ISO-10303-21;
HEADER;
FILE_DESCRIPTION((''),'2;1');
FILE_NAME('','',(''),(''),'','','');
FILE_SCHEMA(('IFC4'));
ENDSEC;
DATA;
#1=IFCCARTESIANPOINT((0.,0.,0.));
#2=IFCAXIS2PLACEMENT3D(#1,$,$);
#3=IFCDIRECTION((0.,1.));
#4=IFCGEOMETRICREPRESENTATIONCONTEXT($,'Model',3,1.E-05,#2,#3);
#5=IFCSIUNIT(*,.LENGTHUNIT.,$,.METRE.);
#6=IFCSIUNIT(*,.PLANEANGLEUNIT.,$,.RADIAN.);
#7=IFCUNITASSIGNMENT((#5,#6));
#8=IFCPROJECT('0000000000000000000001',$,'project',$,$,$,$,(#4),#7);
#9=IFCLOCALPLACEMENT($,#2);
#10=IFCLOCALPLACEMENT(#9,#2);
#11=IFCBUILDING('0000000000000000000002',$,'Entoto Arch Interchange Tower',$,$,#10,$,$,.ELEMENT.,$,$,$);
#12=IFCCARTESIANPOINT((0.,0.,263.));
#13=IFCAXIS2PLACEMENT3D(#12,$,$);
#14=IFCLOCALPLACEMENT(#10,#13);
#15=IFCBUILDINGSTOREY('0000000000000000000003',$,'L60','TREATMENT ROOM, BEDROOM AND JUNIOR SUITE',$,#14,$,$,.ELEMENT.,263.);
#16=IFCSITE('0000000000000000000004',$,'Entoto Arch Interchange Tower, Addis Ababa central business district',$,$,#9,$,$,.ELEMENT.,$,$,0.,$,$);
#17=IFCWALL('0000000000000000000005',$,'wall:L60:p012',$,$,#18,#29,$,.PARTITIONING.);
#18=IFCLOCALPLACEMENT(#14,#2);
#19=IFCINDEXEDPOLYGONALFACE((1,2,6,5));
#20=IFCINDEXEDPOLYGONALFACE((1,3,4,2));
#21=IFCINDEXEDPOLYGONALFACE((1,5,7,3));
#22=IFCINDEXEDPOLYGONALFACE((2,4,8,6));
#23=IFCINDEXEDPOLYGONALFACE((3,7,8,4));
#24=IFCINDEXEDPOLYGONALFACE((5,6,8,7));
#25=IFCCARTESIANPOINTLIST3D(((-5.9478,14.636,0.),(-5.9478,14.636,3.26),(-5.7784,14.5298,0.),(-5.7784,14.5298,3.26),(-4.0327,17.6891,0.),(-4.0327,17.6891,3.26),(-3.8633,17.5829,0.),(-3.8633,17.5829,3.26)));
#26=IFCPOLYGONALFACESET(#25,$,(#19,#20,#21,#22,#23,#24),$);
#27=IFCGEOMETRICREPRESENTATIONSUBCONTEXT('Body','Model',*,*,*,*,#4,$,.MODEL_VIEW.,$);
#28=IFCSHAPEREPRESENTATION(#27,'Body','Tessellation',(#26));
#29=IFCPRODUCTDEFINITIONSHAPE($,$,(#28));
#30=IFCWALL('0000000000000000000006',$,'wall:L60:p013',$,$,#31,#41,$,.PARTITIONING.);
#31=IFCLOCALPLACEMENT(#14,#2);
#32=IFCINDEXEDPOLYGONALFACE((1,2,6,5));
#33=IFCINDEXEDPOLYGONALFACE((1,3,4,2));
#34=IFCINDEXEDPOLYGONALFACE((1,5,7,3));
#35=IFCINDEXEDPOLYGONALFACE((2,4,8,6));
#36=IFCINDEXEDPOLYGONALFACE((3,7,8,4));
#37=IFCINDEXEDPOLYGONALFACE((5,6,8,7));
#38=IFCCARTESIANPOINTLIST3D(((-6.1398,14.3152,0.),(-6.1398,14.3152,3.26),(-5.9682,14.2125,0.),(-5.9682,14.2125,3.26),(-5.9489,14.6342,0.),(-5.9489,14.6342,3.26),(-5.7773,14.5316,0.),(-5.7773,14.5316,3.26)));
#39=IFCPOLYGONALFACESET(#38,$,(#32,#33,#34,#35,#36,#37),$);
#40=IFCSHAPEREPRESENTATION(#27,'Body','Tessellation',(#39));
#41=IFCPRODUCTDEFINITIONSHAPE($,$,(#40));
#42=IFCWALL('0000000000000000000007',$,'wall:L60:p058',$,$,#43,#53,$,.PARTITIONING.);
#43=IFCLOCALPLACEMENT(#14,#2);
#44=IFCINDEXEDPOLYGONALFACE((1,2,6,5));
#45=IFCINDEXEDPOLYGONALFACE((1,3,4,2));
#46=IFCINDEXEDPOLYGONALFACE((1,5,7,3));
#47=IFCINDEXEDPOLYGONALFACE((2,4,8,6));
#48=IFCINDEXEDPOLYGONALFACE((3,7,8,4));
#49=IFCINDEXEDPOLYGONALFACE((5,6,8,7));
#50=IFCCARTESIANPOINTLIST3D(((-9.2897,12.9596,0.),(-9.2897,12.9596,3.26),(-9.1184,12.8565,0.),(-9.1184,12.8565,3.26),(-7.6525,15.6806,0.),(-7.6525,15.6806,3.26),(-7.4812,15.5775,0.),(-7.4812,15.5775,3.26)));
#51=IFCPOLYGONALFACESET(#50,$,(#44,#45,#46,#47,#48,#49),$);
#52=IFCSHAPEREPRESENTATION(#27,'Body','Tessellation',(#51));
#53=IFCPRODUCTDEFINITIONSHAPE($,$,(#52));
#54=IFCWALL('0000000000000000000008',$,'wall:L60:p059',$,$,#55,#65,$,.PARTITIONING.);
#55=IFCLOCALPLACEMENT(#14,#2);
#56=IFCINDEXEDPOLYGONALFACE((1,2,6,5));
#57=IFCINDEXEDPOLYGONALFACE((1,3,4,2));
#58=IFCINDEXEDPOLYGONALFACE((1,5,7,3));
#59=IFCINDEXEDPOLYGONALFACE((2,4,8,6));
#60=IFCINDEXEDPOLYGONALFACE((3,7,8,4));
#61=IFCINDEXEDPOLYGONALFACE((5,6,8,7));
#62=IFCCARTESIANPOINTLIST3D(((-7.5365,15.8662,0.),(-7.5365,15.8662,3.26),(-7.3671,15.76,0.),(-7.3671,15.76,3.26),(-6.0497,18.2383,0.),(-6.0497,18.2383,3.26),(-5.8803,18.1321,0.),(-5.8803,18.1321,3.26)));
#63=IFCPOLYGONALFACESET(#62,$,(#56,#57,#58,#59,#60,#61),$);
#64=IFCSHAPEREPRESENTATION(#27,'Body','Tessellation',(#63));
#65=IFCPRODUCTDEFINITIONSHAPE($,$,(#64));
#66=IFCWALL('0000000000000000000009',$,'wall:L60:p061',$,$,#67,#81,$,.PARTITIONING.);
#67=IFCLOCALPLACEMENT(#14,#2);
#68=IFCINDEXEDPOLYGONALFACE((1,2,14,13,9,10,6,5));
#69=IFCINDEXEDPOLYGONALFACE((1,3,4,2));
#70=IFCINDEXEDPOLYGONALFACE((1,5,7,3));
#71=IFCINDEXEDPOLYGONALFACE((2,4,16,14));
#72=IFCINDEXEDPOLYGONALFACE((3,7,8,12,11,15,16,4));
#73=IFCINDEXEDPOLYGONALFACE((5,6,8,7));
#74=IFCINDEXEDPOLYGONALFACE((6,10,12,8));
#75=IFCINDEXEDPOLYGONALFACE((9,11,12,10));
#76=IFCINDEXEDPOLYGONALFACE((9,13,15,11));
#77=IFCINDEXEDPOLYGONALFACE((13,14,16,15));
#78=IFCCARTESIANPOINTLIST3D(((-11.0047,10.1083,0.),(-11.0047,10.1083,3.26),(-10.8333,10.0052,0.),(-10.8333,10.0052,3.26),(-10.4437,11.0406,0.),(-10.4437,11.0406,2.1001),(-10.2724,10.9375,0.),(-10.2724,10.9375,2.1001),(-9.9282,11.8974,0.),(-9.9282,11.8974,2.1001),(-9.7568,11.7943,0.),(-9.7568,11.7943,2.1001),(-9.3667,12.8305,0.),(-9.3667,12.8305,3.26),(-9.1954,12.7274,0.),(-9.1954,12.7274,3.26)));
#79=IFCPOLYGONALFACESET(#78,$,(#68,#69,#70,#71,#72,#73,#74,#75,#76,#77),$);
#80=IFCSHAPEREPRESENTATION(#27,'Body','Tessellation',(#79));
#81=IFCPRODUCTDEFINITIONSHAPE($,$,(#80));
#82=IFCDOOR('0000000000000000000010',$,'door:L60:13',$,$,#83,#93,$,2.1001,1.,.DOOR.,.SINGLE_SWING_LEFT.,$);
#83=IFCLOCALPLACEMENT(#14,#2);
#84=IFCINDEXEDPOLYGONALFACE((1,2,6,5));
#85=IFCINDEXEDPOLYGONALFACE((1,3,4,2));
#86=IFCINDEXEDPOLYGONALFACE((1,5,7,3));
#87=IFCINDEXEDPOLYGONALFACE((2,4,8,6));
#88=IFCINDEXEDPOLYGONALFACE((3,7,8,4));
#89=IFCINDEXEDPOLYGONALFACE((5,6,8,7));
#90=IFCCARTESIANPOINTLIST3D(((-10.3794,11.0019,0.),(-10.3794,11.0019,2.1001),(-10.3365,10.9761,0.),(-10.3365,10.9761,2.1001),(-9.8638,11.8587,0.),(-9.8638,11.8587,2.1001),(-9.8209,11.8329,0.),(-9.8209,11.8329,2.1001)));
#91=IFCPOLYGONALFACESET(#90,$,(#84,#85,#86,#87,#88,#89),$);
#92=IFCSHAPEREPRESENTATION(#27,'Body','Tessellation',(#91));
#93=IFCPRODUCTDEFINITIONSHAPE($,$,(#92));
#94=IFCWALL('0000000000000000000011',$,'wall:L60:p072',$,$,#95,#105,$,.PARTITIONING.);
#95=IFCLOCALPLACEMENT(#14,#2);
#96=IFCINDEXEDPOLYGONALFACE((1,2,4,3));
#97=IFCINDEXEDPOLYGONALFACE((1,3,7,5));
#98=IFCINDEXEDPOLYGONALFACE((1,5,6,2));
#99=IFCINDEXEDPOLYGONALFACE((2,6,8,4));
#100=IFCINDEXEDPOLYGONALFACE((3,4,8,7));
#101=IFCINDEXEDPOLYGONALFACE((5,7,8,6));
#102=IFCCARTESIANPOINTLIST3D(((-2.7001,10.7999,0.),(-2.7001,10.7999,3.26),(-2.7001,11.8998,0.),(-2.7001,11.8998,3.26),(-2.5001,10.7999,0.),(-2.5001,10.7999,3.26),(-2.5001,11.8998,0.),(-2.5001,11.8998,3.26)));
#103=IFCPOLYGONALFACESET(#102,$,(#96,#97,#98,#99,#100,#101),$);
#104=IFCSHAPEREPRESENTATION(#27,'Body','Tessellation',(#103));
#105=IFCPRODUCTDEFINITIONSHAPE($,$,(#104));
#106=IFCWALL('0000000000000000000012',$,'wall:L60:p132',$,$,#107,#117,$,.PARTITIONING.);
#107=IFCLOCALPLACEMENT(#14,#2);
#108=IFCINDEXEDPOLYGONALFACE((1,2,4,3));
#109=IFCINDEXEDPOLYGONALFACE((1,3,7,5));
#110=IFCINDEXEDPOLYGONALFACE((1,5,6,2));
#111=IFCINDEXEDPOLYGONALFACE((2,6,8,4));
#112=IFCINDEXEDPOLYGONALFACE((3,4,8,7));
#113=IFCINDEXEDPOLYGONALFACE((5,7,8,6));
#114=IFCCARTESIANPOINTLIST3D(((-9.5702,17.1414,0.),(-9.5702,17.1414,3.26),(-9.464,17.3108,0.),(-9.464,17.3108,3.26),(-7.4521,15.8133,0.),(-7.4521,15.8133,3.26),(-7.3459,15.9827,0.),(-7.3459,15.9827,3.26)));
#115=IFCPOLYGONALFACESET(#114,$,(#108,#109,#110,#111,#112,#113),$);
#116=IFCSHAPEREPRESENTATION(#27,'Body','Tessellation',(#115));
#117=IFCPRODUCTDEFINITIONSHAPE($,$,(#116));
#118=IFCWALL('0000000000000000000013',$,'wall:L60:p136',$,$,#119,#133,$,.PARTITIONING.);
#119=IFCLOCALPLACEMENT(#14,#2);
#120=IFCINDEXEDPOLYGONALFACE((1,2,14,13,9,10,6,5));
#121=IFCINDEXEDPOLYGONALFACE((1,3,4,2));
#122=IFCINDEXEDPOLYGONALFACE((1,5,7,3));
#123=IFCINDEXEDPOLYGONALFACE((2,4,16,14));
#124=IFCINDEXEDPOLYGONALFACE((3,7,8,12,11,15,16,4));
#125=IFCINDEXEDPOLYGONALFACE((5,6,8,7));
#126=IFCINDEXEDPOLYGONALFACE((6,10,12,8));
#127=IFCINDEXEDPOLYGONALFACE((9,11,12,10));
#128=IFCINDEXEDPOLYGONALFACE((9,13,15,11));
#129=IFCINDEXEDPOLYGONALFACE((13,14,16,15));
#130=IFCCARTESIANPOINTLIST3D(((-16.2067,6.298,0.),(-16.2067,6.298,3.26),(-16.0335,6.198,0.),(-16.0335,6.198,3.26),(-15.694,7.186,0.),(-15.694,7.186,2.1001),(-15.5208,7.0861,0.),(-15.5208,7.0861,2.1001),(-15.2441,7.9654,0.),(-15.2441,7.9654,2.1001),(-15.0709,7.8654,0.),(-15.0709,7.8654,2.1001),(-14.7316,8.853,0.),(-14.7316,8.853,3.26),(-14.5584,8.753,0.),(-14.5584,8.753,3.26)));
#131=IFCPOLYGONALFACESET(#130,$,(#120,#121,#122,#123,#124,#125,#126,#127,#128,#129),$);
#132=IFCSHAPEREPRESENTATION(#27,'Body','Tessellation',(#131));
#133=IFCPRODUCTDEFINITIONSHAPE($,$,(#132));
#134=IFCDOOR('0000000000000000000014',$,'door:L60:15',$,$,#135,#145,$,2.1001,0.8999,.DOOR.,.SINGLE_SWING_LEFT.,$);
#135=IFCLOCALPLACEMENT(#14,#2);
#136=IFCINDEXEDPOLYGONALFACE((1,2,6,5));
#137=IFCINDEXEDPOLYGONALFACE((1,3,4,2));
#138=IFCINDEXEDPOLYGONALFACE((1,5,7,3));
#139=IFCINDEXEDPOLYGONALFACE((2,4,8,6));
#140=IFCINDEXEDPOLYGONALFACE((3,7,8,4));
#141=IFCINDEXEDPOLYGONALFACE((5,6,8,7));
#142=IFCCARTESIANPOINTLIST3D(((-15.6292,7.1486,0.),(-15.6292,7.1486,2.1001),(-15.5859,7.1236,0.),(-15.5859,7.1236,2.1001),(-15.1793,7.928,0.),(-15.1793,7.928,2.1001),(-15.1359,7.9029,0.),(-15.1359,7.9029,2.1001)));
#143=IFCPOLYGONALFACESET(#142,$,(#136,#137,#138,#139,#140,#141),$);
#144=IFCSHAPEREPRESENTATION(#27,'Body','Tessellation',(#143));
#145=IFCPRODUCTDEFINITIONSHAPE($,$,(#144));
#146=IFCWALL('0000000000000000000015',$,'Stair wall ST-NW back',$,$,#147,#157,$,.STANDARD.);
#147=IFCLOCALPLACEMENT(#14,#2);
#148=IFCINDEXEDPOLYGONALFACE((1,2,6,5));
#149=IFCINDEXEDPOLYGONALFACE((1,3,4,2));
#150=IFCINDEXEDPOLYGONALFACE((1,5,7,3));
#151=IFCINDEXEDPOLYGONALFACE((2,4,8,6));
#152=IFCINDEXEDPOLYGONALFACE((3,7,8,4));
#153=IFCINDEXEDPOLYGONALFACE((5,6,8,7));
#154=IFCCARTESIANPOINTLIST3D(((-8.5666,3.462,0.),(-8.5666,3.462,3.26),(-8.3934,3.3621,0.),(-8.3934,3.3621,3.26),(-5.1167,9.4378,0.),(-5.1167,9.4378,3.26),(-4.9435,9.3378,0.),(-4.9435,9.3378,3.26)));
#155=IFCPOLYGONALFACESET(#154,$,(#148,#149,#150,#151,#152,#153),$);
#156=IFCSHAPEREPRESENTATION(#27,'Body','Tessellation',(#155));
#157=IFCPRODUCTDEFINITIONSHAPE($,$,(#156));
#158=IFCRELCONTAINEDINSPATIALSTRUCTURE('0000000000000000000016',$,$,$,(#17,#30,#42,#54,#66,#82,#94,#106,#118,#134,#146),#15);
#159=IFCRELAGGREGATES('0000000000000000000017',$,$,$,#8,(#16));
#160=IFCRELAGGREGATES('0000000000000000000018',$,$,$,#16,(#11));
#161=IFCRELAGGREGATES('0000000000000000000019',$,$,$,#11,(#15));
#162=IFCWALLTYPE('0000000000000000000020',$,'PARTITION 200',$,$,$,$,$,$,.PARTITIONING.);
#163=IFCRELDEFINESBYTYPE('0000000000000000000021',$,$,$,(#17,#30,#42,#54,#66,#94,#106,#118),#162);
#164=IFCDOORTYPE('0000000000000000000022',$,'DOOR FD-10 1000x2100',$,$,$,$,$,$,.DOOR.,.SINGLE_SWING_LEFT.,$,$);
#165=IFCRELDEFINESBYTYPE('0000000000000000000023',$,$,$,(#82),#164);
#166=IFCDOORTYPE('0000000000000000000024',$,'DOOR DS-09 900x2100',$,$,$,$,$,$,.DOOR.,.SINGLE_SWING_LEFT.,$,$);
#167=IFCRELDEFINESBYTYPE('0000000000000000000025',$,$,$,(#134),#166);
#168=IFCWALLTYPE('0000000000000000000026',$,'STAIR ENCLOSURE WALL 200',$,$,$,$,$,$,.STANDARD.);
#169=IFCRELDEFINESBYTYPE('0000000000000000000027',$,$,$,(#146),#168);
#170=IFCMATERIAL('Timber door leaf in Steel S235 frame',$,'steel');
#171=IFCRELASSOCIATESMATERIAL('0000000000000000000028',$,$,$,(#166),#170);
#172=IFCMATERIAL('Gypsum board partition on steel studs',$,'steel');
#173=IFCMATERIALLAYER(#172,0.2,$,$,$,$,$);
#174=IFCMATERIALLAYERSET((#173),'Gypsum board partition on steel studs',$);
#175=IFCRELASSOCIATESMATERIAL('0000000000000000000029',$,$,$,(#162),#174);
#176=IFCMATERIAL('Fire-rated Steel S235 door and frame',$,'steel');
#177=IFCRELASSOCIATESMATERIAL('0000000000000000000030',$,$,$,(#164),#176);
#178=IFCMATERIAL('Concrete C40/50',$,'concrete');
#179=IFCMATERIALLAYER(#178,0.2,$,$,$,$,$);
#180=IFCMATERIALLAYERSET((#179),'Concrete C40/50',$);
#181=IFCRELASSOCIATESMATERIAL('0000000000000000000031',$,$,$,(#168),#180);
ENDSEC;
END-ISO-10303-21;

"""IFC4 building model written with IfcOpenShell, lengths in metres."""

from ifc_helpers import new_model, si_unit, direction, frame, frame_2d, origin, place, context, subcontext, project, spatial, rectangle, extrude, material, layer, layer_set, type_object, element, fill, save


model = new_model("IFC4")

# Units and contexts
model_context = context("Model", 3, precision=1e-05, world=origin(), true_north=direction((0.0, 1.0)))
body_context = subcontext(model_context, "Body", "Model", "MODEL_VIEW")
ifc_project = project(units=[si_unit("LENGTHUNIT", "METRE"), si_unit("PLANEANGLEUNIT", "RADIAN")], contexts=[model_context])

# Site, building, storey
site_placement = place(None, origin())
site = spatial("IfcSite", under=ifc_project, at=site_placement, Name="Entoto Arch Interchange Tower, Addis Ababa central business district", CompositionType="ELEMENT", RefElevation=0.0)
building_placement = place(site_placement, origin())
building = spatial("IfcBuilding", under=site, at=building_placement, Name="Entoto Arch Interchange Tower", CompositionType="ELEMENT")
storey_placement = place(building_placement, frame((0.0, 0.0, 263.0)))
storey = spatial("IfcBuildingStorey", under=building, at=storey_placement, Name="L60", Description="TREATMENT ROOM, BEDROOM AND JUNIOR SUITE", CompositionType="ELEMENT", Elevation=263.0)

# Shared definitions
ifc_material_1 = material(Name="Concrete C40/50", Category="concrete")

# Shared definitions
ifc_material_2 = material(Name="Gypsum board partition on steel studs", Category="steel")
ifc_material_3 = material(Name="Timber door leaf in Steel S235 frame", Category="steel")
door_type_1 = type_object("IfcDoorType", Name="DOOR DS-09 900x2100", OperationType="SINGLE_SWING_LEFT", PredefinedType="DOOR", material=ifc_material_3)

# Shared definitions
ifc_layer_1 = layer(ifc_material_2, 0.2)
ifc_layer_set_1 = layer_set([ifc_layer_1], Name="Gypsum board partition on steel studs")
wall_type_1 = type_object("IfcWallType", Name="PARTITION 200", PredefinedType="PARTITIONING", material=ifc_layer_set_1)

# Walls
wall_1_placement = place(storey_placement, frame((-3.948, 17.636, 0.0), z_axis=(0.0, 0.0, 1.0), x_axis=(-0.531381, -0.847133, 0.0)))
element("IfcWall", 1, at=wall_1_placement, inside=storey, type_object=wall_type_1, Name="wall:L60:p012", PredefinedType="PARTITIONING", context=body_context, shape_type="SweptSolid", body=[
    extrude(rectangle(XDim=3.604, YDim=0.2, at=frame_2d((1.802, 0.0))), origin(), (0.0, 0.0, 1.0), 3.26),
])
wall_2_placement = place(storey_placement, frame((-5.863, 14.583, 0.0), z_axis=(0.0, 0.0, 1.0), x_axis=(-0.513433, -0.85813, 0.0)))
element("IfcWall", 2, at=wall_2_placement, inside=storey, type_object=wall_type_1, Name="wall:L60:p013", PredefinedType="PARTITIONING", context=body_context, shape_type="SweptSolid", body=[
    extrude(rectangle(XDim=0.3718, YDim=0.2, at=frame_2d((0.186, 0.0))), origin(), (0.0, 0.0, 1.0), 3.26),
])
wall_3_placement = place(storey_placement, frame((-9.2041, 12.908, 0.0), z_axis=(0.0, 0.0, 1.0), x_axis=(0.515569, 0.856848, 0.0)))
element("IfcWall", 3, at=wall_3_placement, inside=storey, type_object=wall_type_1, Name="wall:L60:p058", PredefinedType="PARTITIONING", context=body_context, shape_type="SweptSolid", body=[
    extrude(rectangle(XDim=3.1755, YDim=0.2, at=frame_2d((1.5879, 0.0))), origin(), (0.0, 0.0, 1.0), 3.26),
])
wall_4_placement = place(storey_placement, frame((-7.4519, 15.813, 0.0), z_axis=(0.0, 0.0, 1.0), x_axis=(0.531096, 0.847312, 0.0)))
element("IfcWall", 4, at=wall_4_placement, inside=storey, type_object=wall_type_1, Name="wall:L60:p059", PredefinedType="PARTITIONING", context=body_context, shape_type="SweptSolid", body=[
    extrude(rectangle(XDim=2.7996, YDim=0.2, at=frame_2d((1.3999, 0.0))), origin(), (0.0, 0.0, 1.0), 3.26),
])

# Wall, opening, door
wall_5_placement = place(storey_placement, frame((-10.9189, 10.0569, 0.0), z_axis=(0.0, 0.0, 1.0), x_axis=(0.515569, 0.856848, 0.0)))
wall_5 = element("IfcWall", 5, at=wall_5_placement, inside=storey, type_object=wall_type_1, Name="wall:L60:p061", PredefinedType="PARTITIONING", context=body_context, shape_type="SweptSolid", body=[
    extrude(rectangle(XDim=3.177, YDim=0.2, at=frame_2d((1.5884, 0.0))), origin(), (0.0, 0.0, 1.0), 3.26),
])
opening_1_placement = place(wall_5_placement, frame((1.0879, 0.0, 0.0)))
opening_1 = element("IfcOpeningElement", 6, at=opening_1_placement, cuts=wall_5, PredefinedType="OPENING", context=body_context, shape_type="SweptSolid", body=[
    extrude(rectangle(XDim=1.0, YDim=2.1001, at=frame_2d((0.5, 1.05))), frame((0.0, 0.1099, 0.0), z_axis=(0.0, -1.0, 0.0), x_axis=(1.0, 0.0, 0.0)), (0.0, 0.0, 1.0), 0.22),
])
ifc_material_4 = material(Name="Fire-rated Steel S235 door and frame", Category="steel")
door_type_2 = type_object("IfcDoorType", Name="DOOR FD-10 1000x2100", OperationType="SINGLE_SWING_LEFT", PredefinedType="DOOR", material=ifc_material_4)
door_1_placement = place(opening_1_placement, origin())
door_1 = element("IfcDoor", 7, at=door_1_placement, inside=storey, type_object=door_type_2, Name="door:L60:13", OperationType="SINGLE_SWING_LEFT", OverallHeight=2.1001, OverallWidth=1.0, PredefinedType="DOOR", context=body_context, shape_type="SweptSolid", body=[
    extrude(rectangle(XDim=1.0, YDim=2.1001, at=frame_2d((0.5, 1.05))), frame((0.0, 0.0249, 0.0), z_axis=(0.0, -1.0, 0.0), x_axis=(1.0, 0.0, 0.0)), (0.0, 0.0, 1.0), 0.05),
])
fill(opening_1, door_1)

# Walls
wall_6_placement = place(storey_placement, frame((-2.6001, 10.8, 0.0), z_axis=(0.0, 0.0, 1.0), x_axis=(0.0, 1.0, 0.0)))
element("IfcWall", 8, at=wall_6_placement, inside=storey, type_object=wall_type_1, Name="wall:L60:p072", PredefinedType="PARTITIONING", context=body_context, shape_type="SweptSolid", body=[
    extrude(rectangle(XDim=1.0999, YDim=0.2, at=frame_2d((0.5498, 0.0))), origin(), (0.0, 0.0, 1.0), 3.26),
])
wall_7_placement = place(storey_placement, frame((-9.5171, 17.2261, 0.0), z_axis=(0.0, 0.0, 1.0), x_axis=(0.847229, -0.531227, 0.0)))
element("IfcWall", 9, at=wall_7_placement, inside=storey, type_object=wall_type_1, Name="wall:L60:p132", PredefinedType="PARTITIONING", context=body_context, shape_type="SweptSolid", body=[
    extrude(rectangle(XDim=2.5, YDim=0.2, at=frame_2d((1.25, 0.0))), origin(), (0.0, 0.0, 1.0), 3.26),
])

# Wall, opening, door
wall_8_placement = place(storey_placement, frame((-14.645, 8.803, 0.0), z_axis=(0.0, 0.0, 1.0), x_axis=(-0.500002, -0.866024, 0.0)))
wall_8 = element("IfcWall", 10, at=wall_8_placement, inside=storey, type_object=wall_type_1, Name="wall:L60:p136", PredefinedType="PARTITIONING", context=body_context, shape_type="SweptSolid", body=[
    extrude(rectangle(XDim=2.9502, YDim=0.2, at=frame_2d((1.4751, 0.0))), origin(), (0.0, 0.0, 1.0), 3.26),
])
opening_2_placement = place(wall_8_placement, frame((1.0249, 0.0, 0.0)))
opening_2 = element("IfcOpeningElement", 11, at=opening_2_placement, cuts=wall_8, PredefinedType="OPENING", context=body_context, shape_type="SweptSolid", body=[
    extrude(rectangle(XDim=0.8999, YDim=2.1001, at=frame_2d((0.45, 1.05))), frame((0.0, 0.1099, 0.0), z_axis=(0.0, -1.0, 0.0), x_axis=(1.0, 0.0, 0.0)), (0.0, 0.0, 1.0), 0.22),
])
door_2_placement = place(opening_2_placement, origin())
door_2 = element("IfcDoor", 12, at=door_2_placement, inside=storey, type_object=door_type_1, Name="door:L60:15", OperationType="SINGLE_SWING_LEFT", OverallHeight=2.1001, OverallWidth=0.8999, PredefinedType="DOOR", context=body_context, shape_type="SweptSolid", body=[
    extrude(rectangle(XDim=0.8999, YDim=2.1001, at=frame_2d((0.45, 1.05))), frame((0.0, 0.0249, 0.0), z_axis=(0.0, -1.0, 0.0), x_axis=(1.0, 0.0, 0.0)), (0.0, 0.0, 1.0), 0.05),
])
fill(opening_2, door_2)

# Wall
ifc_layer_2 = layer(ifc_material_1, 0.2)
ifc_layer_set_2 = layer_set([ifc_layer_2], Name="Concrete C40/50")
wall_type_2 = type_object("IfcWallType", Name="STAIR ENCLOSURE WALL 200", PredefinedType="STANDARD", material=ifc_layer_set_2)
wall_9_placement = place(storey_placement, frame((-5.03, 9.3879, 0.0), z_axis=(0.0, 0.0, 1.0), x_axis=(-0.499979, -0.866038, 0.0)))
element("IfcWall", 13, at=wall_9_placement, inside=storey, type_object=wall_type_2, Name="Stair wall ST-NW back", PredefinedType="STANDARD", context=body_context, shape_type="SweptSolid", body=[
    extrude(rectangle(XDim=6.9001, YDim=0.2, at=frame_2d((3.4502, 0.0))), origin(), (0.0, 0.0, 1.0), 3.26),
])

save(model, "model.ifc")
